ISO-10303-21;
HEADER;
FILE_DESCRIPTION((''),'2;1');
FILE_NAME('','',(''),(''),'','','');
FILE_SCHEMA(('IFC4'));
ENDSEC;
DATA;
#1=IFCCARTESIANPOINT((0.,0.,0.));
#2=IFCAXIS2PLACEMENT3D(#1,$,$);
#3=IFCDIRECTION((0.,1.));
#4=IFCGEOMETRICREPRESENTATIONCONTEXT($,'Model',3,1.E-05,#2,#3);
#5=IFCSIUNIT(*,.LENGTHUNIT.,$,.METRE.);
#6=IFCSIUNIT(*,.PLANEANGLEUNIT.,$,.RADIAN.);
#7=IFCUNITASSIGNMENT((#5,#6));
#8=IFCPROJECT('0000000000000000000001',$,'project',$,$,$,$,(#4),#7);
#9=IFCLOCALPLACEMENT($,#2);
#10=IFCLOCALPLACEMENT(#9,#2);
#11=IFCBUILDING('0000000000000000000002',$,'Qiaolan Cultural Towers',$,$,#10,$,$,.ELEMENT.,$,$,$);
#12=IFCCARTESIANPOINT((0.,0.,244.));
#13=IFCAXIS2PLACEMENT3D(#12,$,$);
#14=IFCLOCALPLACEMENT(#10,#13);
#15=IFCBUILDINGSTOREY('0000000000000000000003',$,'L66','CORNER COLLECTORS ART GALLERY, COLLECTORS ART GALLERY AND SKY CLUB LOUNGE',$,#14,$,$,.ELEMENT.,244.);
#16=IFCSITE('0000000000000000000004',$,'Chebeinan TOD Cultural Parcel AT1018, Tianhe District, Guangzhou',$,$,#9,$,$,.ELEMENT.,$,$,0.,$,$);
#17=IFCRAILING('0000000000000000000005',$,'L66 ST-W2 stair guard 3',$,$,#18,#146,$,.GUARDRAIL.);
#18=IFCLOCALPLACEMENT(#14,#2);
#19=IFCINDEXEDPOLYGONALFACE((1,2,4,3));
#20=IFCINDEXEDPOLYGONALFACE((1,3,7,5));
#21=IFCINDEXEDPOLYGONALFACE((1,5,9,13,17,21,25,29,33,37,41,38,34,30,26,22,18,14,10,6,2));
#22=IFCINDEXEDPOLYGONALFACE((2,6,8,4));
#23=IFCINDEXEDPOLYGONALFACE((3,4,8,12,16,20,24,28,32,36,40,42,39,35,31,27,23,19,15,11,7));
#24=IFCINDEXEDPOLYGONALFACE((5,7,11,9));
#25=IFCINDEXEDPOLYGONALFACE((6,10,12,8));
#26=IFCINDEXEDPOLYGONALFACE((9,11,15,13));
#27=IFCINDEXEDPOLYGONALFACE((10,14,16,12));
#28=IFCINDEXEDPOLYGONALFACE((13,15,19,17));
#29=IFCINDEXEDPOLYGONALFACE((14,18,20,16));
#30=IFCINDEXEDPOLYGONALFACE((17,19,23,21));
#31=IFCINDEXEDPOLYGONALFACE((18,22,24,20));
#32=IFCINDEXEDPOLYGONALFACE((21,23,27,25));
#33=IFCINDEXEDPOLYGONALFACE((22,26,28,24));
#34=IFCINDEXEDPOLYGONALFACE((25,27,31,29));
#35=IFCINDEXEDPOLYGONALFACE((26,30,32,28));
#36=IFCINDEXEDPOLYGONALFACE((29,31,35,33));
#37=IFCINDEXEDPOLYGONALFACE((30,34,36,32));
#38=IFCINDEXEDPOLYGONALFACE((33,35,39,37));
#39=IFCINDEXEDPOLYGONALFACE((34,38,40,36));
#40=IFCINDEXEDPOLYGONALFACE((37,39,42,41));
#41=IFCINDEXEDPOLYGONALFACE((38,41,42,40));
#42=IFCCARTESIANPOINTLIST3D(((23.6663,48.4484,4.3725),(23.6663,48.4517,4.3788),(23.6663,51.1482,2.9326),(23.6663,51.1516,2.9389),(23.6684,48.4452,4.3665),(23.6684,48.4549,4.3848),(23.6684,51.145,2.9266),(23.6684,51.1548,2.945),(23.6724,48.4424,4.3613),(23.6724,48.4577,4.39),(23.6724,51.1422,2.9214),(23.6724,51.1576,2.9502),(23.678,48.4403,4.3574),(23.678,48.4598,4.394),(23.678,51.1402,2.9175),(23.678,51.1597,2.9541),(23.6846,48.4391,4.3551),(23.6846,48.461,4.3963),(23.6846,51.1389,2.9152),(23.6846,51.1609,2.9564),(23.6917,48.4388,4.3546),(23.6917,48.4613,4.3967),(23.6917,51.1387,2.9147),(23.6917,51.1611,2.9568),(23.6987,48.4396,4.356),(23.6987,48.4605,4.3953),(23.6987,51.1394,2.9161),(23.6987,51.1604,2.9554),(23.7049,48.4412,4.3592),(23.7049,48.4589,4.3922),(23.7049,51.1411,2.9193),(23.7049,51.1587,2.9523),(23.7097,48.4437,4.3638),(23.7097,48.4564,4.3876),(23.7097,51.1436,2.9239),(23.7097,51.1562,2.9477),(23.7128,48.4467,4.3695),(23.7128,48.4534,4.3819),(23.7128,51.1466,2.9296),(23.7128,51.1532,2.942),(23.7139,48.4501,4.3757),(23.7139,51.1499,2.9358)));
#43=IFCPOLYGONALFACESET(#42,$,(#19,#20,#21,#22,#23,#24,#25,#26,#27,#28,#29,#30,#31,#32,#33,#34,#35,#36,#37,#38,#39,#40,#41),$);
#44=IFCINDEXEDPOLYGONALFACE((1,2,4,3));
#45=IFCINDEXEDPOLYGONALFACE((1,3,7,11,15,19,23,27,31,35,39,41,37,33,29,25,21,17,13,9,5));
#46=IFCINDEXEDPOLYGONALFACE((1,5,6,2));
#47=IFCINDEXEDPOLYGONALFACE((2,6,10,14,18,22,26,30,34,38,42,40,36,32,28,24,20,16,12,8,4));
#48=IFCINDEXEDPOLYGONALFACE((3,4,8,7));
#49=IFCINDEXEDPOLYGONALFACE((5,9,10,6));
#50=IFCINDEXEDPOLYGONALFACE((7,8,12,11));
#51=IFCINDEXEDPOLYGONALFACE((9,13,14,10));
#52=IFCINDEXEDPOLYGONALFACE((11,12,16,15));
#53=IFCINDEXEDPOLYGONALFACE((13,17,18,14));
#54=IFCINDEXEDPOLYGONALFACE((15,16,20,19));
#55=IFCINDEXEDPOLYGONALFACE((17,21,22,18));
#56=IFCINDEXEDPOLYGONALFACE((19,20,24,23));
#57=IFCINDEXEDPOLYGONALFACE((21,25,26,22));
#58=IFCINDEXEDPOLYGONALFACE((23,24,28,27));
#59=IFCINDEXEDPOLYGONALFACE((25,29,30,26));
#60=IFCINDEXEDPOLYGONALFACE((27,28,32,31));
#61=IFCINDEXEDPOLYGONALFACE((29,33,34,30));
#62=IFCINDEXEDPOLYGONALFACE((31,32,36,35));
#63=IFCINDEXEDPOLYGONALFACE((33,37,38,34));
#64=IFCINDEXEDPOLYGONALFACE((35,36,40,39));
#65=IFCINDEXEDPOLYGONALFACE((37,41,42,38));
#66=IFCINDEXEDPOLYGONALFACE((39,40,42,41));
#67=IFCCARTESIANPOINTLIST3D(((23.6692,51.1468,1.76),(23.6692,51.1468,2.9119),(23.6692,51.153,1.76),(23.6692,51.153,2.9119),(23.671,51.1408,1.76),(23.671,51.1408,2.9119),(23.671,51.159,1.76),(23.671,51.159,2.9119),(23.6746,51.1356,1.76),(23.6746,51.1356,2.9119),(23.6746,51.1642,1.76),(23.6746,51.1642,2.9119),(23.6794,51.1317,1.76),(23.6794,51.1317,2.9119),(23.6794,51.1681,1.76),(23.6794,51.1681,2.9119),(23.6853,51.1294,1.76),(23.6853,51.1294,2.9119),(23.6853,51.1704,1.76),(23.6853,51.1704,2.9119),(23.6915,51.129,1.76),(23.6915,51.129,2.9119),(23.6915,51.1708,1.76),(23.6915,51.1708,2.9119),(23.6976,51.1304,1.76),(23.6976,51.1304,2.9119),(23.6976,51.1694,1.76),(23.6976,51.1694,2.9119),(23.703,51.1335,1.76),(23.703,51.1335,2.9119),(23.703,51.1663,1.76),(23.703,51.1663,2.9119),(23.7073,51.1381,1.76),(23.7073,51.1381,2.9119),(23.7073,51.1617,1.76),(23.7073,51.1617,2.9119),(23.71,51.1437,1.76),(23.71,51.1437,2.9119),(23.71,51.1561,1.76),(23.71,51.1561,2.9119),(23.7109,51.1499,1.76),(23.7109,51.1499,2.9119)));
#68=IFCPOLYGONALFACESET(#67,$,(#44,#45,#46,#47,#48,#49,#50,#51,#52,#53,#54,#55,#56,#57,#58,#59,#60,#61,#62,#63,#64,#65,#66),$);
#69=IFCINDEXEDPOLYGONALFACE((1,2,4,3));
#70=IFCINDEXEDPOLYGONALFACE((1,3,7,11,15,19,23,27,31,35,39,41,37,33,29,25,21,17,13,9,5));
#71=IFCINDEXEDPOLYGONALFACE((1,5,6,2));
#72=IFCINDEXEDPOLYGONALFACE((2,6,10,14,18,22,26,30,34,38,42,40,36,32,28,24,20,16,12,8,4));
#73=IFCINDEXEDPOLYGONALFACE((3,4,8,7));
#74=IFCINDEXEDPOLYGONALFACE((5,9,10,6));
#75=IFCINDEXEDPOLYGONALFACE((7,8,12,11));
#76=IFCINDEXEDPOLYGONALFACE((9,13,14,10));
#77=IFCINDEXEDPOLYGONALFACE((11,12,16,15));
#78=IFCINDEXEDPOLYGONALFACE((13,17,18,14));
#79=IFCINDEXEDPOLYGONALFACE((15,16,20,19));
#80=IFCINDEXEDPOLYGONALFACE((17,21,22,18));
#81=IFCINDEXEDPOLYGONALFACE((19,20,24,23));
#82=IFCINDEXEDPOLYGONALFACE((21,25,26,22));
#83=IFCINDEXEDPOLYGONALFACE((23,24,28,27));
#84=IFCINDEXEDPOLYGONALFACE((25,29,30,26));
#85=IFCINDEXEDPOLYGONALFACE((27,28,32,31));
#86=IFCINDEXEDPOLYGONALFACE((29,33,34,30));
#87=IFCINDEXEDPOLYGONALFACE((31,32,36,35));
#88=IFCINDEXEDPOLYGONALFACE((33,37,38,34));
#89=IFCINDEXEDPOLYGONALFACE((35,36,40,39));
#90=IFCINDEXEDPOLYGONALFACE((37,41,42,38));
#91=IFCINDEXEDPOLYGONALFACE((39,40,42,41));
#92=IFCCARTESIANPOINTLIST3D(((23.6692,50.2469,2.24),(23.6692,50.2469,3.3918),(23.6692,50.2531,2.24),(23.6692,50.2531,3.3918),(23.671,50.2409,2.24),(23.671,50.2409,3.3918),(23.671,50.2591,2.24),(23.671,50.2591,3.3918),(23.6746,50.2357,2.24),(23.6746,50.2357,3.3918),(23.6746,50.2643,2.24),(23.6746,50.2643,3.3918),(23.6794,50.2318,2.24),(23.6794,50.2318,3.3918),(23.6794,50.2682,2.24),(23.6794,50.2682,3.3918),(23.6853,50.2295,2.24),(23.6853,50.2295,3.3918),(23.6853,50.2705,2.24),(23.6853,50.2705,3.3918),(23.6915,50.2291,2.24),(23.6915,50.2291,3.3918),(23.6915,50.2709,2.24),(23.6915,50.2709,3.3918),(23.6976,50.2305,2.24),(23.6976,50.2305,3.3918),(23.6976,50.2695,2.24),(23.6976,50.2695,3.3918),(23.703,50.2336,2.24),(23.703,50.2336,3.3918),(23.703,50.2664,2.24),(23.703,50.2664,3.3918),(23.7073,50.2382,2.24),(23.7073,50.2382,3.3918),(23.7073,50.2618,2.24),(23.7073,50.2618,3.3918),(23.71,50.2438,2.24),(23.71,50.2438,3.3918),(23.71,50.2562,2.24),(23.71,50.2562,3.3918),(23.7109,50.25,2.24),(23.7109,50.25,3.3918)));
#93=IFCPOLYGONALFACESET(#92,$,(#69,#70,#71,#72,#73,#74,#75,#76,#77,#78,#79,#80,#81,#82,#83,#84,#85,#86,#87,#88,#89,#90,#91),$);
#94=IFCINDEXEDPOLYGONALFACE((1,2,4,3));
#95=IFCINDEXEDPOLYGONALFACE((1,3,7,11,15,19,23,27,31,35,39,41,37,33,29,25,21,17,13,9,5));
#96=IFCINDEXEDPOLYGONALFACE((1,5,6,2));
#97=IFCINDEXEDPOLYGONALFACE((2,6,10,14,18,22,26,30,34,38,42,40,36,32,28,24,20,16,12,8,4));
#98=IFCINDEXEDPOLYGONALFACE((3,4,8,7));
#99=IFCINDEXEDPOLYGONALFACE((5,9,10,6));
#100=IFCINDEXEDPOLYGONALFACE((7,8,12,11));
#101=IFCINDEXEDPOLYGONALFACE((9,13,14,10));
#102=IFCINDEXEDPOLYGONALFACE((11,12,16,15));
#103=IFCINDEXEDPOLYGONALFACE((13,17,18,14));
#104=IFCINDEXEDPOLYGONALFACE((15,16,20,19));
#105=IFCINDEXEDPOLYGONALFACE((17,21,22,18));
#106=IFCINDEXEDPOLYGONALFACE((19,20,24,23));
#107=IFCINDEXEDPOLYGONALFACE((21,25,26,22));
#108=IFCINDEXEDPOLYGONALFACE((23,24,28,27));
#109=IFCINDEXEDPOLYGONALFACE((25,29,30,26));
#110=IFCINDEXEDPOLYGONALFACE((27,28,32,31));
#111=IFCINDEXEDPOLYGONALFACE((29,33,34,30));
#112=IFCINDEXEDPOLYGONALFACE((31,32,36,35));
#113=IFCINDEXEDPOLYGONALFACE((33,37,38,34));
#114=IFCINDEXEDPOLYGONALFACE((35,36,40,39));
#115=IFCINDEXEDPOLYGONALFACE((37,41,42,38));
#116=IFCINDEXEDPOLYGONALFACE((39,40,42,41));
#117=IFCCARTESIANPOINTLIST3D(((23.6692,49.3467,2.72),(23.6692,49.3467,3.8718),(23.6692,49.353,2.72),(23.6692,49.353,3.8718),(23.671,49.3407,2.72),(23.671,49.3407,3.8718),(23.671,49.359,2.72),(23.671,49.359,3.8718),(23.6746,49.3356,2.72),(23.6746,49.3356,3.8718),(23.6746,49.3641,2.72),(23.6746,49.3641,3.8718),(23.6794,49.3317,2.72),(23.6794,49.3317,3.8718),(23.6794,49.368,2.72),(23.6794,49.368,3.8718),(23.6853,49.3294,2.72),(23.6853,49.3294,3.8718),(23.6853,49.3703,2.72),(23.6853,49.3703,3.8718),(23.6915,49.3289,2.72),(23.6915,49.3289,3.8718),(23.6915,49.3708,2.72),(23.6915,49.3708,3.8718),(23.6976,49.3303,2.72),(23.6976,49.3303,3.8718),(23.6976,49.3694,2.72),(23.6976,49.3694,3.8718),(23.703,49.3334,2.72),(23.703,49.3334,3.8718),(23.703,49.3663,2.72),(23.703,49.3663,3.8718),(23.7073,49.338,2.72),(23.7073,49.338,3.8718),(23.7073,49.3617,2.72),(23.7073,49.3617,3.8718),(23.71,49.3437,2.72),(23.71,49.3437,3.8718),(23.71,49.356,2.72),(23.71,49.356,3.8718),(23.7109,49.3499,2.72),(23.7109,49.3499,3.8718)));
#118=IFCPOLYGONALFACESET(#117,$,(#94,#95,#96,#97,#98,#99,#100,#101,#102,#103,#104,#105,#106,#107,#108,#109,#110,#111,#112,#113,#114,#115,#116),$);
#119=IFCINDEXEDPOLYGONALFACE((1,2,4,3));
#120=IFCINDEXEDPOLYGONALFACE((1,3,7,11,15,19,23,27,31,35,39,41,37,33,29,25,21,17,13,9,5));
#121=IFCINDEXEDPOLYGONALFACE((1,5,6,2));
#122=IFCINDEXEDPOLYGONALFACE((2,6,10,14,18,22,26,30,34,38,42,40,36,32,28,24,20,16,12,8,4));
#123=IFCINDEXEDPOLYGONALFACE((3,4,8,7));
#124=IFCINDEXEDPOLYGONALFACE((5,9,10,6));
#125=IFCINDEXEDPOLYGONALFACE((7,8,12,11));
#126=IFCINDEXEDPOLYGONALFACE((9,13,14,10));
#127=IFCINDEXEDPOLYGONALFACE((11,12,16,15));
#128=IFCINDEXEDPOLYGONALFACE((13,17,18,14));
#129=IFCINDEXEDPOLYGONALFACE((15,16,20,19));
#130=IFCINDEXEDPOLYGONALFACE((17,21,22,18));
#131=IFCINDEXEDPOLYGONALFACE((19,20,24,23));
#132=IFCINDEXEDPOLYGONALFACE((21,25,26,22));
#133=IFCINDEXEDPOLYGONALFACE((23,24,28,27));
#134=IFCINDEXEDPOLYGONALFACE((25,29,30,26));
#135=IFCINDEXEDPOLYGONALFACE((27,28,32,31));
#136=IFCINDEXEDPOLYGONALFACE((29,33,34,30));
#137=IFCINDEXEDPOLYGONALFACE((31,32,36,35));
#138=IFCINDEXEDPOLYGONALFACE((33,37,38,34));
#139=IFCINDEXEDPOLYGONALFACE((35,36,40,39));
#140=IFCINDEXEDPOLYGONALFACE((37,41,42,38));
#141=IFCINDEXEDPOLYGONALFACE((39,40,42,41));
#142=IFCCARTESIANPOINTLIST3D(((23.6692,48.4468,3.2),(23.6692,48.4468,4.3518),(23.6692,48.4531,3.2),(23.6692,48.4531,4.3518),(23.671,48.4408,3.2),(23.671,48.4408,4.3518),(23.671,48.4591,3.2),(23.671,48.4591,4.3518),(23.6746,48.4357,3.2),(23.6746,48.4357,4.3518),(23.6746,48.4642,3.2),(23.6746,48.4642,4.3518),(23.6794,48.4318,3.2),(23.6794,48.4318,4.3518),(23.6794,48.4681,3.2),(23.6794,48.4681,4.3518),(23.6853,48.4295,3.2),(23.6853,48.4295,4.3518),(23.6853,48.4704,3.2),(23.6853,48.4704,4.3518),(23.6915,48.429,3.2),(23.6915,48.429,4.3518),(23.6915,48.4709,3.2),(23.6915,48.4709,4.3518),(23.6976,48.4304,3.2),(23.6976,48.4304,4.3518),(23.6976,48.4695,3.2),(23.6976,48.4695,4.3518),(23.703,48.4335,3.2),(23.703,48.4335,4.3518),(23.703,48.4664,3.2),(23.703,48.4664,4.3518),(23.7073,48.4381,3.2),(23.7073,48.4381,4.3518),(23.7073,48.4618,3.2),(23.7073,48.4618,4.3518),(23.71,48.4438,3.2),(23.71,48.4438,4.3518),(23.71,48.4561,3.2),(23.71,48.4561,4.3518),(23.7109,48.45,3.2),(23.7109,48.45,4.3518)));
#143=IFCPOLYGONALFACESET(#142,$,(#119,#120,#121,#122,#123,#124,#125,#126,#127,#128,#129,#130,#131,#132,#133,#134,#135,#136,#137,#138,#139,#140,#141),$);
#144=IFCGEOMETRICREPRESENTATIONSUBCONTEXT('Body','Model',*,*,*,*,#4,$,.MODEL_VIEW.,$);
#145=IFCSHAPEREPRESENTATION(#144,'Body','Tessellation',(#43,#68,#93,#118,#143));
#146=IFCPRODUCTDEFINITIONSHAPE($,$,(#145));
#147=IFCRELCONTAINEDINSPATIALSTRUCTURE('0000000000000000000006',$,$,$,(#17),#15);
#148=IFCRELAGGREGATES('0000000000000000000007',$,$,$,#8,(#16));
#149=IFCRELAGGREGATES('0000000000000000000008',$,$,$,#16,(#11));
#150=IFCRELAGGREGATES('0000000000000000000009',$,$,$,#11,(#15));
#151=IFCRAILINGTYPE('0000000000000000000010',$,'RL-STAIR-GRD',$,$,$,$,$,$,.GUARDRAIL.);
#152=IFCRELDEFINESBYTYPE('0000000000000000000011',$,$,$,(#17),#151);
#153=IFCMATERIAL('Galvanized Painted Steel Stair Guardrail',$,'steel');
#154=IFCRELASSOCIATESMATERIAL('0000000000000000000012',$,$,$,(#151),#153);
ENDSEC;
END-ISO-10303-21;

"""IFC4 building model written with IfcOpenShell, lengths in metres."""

from ifc_helpers import new_model, si_unit, direction, frame, origin, origin_2d, place, context, subcontext, project, spatial, circle, extrude, material, type_object, element, save


model = new_model("IFC4")

# Units and contexts
model_context = context("Model", 3, precision=1e-05, world=origin(), true_north=direction((0.0, 1.0)))
body_context = subcontext(model_context, "Body", "Model", "MODEL_VIEW")
ifc_project = project(units=[si_unit("LENGTHUNIT", "METRE"), si_unit("PLANEANGLEUNIT", "RADIAN")], contexts=[model_context])

# Site, building, storey
site_placement = place(None, origin())
site = spatial("IfcSite", under=ifc_project, at=site_placement, Name="Chebeinan TOD Cultural Parcel AT1018, Tianhe District, Guangzhou", CompositionType="ELEMENT", RefElevation=0.0)
building_placement = place(site_placement, origin())
building = spatial("IfcBuilding", under=site, at=building_placement, Name="Qiaolan Cultural Towers", CompositionType="ELEMENT")
storey_placement = place(building_placement, frame((0.0, 0.0, 244.0)))
storey = spatial("IfcBuildingStorey", under=building, at=storey_placement, Name="L66", Description="CORNER COLLECTORS ART GALLERY, COLLECTORS ART GALLERY AND SKY CLUB LOUNGE", CompositionType="ELEMENT", Elevation=244.0)

# Railing
ifc_material_1 = material(Name="Galvanized Painted Steel Stair Guardrail", Category="steel")
railing_type = type_object("IfcRailingType", Name="RL-STAIR-GRD", PredefinedType="GUARDRAIL", material=ifc_material_1)
railing_1_placement = place(storey_placement, frame((23.6899, 51.1499, 1.76)))
element("IfcRailing", 1, at=railing_1_placement, inside=storey, type_object=railing_type, Name="L66 ST-W2 stair guard 3", PredefinedType="GUARDRAIL", context=body_context, shape_type="SweptSolid", body=[
    extrude(circle(Radius=0.0239, at=origin_2d()), frame((0.0, 0.0, 1.1758), z_axis=(0.0, -0.882357, 0.47058), x_axis=(1.0, 0.0, 0.0)), (0.0, 0.0, 1.0), 3.0598),
    extrude(circle(Radius=0.021, at=origin_2d()), origin(), (0.0, 0.0, 1.0), 1.1519),
    extrude(circle(Radius=0.021, at=origin_2d()), frame((0.0, -0.8999, 0.48)), (0.0, 0.0, 1.0), 1.1519),
    extrude(circle(Radius=0.021, at=origin_2d()), frame((0.0, -1.8, 0.96)), (0.0, 0.0, 1.0), 1.1519),
    extrude(circle(Radius=0.021, at=origin_2d()), frame((0.0, -2.7, 1.4399)), (0.0, 0.0, 1.0), 1.1519),
])

save(model, "model.ifc")
